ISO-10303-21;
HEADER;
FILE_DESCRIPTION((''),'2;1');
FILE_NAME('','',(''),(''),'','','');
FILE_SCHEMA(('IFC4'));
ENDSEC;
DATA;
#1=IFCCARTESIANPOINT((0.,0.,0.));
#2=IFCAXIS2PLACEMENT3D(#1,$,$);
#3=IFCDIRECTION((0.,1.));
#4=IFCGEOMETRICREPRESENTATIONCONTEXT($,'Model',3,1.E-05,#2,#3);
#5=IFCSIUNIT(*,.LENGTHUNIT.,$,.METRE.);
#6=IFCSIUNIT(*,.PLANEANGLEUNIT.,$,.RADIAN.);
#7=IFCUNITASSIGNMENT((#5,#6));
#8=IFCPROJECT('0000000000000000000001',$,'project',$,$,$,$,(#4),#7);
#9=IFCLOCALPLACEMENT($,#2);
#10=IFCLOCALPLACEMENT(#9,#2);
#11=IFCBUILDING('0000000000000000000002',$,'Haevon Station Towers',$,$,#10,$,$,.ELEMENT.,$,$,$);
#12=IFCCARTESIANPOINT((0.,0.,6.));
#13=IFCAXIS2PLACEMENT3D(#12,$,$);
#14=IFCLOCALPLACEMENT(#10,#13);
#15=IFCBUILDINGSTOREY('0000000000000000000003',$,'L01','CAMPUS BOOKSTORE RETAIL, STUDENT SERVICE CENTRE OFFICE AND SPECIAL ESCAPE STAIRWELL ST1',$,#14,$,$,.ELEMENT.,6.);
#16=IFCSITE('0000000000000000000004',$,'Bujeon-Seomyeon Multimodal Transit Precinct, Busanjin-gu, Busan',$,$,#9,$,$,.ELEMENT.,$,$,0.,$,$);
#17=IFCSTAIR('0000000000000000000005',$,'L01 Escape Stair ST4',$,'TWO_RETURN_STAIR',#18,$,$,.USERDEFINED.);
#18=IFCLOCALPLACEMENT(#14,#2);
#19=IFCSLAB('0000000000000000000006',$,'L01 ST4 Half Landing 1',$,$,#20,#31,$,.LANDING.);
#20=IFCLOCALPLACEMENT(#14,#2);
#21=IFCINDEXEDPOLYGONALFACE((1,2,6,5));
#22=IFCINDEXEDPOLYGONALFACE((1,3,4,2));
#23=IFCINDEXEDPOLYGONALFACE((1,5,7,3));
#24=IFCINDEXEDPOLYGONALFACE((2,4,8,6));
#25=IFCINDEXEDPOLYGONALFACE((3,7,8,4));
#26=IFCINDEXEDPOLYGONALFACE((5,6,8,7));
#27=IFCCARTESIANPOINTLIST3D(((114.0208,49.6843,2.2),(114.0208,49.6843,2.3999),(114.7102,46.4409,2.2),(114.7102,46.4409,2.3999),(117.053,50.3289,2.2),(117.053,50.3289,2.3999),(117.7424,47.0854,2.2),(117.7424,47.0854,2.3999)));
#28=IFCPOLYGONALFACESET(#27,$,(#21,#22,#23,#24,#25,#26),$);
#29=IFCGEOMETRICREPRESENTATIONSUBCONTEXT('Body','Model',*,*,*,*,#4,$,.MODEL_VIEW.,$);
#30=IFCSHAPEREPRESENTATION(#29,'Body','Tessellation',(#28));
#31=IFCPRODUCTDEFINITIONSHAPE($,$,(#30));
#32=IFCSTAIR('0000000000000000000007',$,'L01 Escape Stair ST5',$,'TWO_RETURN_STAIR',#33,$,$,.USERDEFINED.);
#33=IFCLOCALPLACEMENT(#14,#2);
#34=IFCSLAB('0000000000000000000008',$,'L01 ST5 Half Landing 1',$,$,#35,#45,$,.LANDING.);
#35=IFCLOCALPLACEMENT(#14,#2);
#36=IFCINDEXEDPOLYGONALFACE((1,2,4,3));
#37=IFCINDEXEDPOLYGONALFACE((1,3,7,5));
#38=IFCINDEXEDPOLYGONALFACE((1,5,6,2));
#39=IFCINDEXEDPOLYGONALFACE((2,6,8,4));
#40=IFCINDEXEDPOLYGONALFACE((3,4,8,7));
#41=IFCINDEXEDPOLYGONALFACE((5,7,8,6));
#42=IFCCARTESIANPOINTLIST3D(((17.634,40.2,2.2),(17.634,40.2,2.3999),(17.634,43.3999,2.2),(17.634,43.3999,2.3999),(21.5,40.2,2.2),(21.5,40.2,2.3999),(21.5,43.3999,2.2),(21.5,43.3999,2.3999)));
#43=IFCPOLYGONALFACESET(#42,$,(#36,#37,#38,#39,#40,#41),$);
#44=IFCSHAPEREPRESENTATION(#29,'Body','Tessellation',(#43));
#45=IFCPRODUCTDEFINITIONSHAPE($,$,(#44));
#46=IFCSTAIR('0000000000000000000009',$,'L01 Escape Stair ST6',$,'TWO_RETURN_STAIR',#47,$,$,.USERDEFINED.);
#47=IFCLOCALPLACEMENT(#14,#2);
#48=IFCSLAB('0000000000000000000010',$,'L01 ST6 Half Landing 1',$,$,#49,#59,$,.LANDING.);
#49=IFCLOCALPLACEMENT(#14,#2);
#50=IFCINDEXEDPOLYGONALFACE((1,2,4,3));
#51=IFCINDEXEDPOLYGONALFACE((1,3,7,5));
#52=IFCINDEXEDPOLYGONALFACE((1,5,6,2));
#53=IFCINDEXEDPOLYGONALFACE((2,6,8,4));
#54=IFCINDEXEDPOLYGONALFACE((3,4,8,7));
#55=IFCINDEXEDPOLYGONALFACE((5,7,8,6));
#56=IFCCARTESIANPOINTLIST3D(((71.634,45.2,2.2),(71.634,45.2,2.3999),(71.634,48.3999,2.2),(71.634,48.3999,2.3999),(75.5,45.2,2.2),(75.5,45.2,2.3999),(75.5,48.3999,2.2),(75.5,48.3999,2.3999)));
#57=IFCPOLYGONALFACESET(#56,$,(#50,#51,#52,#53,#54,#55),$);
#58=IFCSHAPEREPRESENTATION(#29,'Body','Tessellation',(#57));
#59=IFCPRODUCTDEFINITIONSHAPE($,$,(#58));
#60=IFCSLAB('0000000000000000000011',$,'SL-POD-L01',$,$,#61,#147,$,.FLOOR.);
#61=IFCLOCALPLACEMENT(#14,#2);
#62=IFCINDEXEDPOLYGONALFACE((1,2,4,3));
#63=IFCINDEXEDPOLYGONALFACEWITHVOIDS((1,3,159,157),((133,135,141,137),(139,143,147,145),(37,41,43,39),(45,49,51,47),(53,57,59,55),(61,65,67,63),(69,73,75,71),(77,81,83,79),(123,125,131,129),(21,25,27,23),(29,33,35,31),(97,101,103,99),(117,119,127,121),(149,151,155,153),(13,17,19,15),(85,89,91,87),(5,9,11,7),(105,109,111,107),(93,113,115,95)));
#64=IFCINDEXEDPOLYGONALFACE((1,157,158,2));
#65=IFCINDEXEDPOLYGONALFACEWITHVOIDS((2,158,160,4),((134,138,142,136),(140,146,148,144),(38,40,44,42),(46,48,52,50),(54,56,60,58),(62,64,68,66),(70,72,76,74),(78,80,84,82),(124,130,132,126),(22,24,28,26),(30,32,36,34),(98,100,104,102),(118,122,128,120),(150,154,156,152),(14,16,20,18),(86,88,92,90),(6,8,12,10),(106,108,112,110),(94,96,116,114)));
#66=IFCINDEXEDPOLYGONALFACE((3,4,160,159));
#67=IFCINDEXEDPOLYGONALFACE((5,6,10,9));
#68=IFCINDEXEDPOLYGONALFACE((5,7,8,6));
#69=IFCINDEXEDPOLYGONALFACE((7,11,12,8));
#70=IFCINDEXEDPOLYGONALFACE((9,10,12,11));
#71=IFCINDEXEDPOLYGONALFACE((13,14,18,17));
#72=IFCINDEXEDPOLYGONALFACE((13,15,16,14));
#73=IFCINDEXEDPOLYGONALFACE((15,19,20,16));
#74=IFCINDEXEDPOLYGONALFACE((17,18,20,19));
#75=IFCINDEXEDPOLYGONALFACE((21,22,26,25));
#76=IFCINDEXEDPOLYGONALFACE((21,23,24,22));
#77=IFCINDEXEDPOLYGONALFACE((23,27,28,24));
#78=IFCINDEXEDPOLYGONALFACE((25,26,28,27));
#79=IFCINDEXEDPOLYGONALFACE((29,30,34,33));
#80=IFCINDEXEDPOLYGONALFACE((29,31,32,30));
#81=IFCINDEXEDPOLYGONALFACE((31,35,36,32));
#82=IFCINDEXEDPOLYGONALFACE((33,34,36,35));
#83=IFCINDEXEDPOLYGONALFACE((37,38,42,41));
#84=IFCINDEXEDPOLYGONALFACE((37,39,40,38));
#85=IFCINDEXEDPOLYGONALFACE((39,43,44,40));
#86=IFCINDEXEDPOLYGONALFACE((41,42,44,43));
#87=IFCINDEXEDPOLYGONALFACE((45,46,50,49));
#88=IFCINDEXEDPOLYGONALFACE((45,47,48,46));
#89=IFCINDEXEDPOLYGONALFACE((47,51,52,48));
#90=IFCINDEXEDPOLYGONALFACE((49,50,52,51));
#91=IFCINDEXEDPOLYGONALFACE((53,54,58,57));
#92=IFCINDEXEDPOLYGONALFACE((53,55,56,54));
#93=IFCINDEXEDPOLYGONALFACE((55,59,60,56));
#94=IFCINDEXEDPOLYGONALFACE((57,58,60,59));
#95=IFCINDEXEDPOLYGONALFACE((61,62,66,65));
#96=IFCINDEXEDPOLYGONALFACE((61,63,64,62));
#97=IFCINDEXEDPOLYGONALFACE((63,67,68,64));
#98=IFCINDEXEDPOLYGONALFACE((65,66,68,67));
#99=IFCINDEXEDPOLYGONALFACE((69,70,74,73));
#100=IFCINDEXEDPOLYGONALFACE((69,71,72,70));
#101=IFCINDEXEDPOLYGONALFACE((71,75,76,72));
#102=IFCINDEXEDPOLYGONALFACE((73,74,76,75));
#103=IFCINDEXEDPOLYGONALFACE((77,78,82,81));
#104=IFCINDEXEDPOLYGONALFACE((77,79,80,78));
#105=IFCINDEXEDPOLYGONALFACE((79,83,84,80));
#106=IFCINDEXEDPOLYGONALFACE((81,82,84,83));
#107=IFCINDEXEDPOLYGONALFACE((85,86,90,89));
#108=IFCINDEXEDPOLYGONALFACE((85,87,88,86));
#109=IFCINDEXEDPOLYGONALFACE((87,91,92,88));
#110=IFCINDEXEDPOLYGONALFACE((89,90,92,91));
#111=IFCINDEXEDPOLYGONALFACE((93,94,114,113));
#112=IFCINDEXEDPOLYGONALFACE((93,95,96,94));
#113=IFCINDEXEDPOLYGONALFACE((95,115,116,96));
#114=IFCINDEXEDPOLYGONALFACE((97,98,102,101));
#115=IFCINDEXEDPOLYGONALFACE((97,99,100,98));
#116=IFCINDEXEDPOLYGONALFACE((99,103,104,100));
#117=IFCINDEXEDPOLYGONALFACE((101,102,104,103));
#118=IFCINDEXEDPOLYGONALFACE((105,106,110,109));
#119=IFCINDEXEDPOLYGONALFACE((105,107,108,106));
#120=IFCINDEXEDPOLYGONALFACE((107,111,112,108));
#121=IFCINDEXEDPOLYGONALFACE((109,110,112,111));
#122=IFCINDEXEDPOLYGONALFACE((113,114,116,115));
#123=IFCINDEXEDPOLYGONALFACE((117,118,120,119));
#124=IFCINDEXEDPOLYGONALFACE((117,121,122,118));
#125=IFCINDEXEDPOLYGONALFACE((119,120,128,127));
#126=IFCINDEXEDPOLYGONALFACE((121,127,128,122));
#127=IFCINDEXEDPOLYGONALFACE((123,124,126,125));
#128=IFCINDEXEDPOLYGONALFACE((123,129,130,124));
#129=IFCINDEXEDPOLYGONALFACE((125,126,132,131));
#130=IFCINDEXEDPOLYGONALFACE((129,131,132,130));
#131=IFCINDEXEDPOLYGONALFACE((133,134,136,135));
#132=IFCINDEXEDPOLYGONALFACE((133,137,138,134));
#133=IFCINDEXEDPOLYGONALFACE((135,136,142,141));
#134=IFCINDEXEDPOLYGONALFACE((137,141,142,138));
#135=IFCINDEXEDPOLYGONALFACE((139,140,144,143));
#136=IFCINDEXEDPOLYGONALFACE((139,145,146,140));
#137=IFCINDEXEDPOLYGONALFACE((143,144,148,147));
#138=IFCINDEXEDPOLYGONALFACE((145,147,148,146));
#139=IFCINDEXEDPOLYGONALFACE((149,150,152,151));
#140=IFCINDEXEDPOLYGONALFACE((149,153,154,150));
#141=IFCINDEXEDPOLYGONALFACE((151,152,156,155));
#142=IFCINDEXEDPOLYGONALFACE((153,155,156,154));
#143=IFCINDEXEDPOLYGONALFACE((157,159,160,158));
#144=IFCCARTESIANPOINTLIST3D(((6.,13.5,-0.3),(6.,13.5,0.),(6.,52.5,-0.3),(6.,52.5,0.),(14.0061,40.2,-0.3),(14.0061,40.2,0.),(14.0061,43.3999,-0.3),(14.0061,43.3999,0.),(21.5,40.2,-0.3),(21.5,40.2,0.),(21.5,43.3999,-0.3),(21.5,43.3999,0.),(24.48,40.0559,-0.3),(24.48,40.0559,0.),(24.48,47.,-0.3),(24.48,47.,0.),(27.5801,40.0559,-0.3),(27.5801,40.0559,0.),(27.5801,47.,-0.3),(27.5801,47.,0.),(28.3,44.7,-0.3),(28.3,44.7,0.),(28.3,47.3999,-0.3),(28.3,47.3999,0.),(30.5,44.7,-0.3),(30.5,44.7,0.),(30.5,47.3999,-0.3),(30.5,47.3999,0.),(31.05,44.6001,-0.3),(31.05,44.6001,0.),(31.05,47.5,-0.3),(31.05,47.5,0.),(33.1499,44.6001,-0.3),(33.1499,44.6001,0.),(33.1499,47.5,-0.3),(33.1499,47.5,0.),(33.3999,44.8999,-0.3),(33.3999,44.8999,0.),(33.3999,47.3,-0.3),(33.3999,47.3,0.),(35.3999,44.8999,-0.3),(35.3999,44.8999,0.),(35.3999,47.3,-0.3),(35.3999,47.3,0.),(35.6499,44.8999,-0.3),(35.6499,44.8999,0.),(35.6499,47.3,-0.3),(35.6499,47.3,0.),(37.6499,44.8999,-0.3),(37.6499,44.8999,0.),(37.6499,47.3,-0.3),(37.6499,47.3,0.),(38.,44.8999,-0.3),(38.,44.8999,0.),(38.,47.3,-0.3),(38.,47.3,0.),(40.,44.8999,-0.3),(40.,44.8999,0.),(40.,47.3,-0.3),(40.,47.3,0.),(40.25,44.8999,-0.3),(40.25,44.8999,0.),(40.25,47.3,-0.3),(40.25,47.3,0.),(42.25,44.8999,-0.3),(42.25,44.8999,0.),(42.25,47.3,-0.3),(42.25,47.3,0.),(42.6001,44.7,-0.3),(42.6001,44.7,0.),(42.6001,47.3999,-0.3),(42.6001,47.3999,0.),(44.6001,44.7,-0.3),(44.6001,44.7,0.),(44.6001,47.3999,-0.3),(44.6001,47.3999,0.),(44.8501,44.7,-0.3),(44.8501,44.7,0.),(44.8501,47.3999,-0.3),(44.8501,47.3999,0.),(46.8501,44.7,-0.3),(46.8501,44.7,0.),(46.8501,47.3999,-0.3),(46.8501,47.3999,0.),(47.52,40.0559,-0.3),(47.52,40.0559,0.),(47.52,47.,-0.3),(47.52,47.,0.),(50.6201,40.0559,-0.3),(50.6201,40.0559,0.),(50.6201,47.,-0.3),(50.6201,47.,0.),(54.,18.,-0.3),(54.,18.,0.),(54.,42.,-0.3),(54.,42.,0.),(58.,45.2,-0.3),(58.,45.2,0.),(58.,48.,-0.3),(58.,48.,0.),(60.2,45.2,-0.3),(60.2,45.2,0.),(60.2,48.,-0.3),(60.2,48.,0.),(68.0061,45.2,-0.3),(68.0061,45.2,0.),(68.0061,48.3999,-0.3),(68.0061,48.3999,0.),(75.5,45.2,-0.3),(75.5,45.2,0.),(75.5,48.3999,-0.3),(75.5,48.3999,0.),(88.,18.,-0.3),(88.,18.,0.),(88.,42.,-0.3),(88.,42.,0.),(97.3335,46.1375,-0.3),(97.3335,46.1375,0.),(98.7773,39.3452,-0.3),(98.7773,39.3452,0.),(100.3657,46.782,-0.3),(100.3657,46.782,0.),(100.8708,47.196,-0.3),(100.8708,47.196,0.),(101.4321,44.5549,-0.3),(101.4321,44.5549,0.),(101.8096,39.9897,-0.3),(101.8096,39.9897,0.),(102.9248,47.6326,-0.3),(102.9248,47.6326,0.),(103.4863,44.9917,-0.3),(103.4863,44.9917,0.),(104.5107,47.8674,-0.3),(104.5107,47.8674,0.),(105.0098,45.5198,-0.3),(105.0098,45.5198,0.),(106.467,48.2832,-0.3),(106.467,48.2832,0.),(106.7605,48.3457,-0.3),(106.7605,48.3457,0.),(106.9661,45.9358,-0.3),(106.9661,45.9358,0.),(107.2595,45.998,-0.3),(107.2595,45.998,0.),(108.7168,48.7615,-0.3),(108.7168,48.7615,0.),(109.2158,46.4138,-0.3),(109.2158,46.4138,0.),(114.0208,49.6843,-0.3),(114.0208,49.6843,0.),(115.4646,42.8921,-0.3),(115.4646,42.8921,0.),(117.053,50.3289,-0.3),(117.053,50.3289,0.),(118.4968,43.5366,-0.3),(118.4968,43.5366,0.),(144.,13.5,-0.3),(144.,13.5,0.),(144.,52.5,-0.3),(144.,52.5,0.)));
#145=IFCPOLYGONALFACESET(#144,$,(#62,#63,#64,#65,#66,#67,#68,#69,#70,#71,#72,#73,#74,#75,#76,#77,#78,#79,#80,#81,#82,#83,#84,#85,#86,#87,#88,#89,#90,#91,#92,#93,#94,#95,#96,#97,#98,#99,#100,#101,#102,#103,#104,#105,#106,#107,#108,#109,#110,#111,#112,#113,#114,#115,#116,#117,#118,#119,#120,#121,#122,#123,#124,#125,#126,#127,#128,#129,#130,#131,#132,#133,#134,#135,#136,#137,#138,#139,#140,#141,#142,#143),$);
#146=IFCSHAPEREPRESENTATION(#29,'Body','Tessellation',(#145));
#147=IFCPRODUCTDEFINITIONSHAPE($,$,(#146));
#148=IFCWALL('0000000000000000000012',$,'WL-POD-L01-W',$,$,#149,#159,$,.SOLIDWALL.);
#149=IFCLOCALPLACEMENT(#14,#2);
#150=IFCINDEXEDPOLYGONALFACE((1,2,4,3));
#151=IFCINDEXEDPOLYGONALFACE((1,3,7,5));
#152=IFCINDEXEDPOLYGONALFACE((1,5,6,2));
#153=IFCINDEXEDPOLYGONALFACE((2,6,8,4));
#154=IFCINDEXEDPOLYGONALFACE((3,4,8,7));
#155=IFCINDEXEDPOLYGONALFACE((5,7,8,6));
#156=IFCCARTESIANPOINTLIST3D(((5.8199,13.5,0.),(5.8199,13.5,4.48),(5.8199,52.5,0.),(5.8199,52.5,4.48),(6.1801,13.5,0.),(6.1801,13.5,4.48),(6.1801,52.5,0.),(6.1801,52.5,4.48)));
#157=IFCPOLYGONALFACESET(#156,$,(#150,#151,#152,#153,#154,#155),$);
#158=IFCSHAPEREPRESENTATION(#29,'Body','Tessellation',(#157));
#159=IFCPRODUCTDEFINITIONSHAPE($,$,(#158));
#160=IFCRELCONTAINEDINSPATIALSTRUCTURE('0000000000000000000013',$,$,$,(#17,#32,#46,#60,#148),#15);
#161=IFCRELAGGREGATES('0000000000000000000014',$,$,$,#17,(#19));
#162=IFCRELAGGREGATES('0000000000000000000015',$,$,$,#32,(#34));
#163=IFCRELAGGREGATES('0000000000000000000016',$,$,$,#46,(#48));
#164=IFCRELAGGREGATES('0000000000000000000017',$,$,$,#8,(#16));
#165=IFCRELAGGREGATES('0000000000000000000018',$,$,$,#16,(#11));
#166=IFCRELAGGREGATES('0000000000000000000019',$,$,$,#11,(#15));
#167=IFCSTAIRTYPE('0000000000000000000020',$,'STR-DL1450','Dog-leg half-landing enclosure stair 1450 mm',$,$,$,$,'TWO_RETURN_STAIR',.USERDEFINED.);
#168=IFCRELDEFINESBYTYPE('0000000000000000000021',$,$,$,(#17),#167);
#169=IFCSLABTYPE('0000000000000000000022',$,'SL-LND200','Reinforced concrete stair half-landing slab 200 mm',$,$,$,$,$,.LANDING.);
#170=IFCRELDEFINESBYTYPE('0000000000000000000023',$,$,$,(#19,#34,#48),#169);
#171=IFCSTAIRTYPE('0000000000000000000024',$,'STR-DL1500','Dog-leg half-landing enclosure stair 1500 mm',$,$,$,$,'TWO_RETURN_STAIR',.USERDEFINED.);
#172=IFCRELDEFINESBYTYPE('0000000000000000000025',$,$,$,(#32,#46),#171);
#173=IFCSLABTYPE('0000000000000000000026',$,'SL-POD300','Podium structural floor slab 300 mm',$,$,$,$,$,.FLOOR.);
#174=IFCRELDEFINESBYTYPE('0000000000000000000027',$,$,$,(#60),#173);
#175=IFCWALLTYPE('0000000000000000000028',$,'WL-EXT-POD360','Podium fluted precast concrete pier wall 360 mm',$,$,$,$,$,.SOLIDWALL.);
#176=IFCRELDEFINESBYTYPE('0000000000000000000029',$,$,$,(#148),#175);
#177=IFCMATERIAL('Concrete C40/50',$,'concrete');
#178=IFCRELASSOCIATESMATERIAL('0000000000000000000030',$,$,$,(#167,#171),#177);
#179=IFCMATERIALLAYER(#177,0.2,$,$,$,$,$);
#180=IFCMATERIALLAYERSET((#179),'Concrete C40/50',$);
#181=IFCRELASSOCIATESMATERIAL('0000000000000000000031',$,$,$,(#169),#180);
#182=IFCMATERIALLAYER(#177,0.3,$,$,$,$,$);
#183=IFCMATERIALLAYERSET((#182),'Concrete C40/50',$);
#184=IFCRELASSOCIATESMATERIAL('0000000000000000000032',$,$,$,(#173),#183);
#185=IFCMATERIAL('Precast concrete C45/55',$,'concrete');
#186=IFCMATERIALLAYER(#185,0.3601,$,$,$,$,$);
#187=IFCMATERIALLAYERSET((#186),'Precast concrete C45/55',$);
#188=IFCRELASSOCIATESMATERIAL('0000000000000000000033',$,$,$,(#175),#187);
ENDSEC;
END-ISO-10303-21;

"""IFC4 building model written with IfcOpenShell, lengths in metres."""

from ifc_helpers import new_model, si_unit, direction, frame, frame_2d, origin, place, context, subcontext, project, spatial, polyline, rectangle, outline, extrude, material, layer, layer_set, type_object, element, aggregate, save


model = new_model("IFC4")

# Units and contexts
model_context = context("Model", 3, precision=1e-05, world=origin(), true_north=direction((0.0, 1.0)))
body_context = subcontext(model_context, "Body", "Model", "MODEL_VIEW")
ifc_project = project(units=[si_unit("LENGTHUNIT", "METRE"), si_unit("PLANEANGLEUNIT", "RADIAN")], contexts=[model_context])

# Site, building, storey
site_placement = place(None, origin())
site = spatial("IfcSite", under=ifc_project, at=site_placement, Name="Bujeon-Seomyeon Multimodal Transit Precinct, Busanjin-gu, Busan", CompositionType="ELEMENT", RefElevation=0.0)
building_placement = place(site_placement, origin())
building = spatial("IfcBuilding", under=site, at=building_placement, Name="Haevon Station Towers", CompositionType="ELEMENT")
storey_placement = place(building_placement, frame((0.0, 0.0, 6.0)))
storey = spatial("IfcBuildingStorey", under=building, at=storey_placement, Name="L01", Description="CAMPUS BOOKSTORE RETAIL, STUDENT SERVICE CENTRE OFFICE AND SPECIAL ESCAPE STAIRWELL ST1", CompositionType="ELEMENT", Elevation=6.0)

# Stairs, slabs
ifc_material_1 = material(Name="Concrete C40/50", Category="concrete")
stair_type_1 = type_object("IfcStairType", Name="STR-DL1450", Description="Dog-leg half-landing enclosure stair 1450 mm", ElementType="TWO_RETURN_STAIR", PredefinedType="USERDEFINED", material=ifc_material_1)
ifc_layer_1 = layer(ifc_material_1, 0.2)
ifc_layer_set_1 = layer_set([ifc_layer_1], Name="Concrete C40/50")
slab_type_1 = type_object("IfcSlabType", Name="SL-LND200", Description="Reinforced concrete stair half-landing slab 200 mm", PredefinedType="LANDING", material=ifc_layer_set_1)
stair_1_placement = place(storey_placement, origin())
stair_1 = element("IfcStair", 1, at=stair_1_placement, inside=storey, type_object=stair_type_1, Name="L01 Escape Stair ST4", ObjectType="TWO_RETURN_STAIR", PredefinedType="USERDEFINED")
slab_1_placement = place(storey_placement, frame((0.0, 0.0, 2.2)))
slab_1 = element("IfcSlab", 2, at=slab_1_placement, type_object=slab_type_1, Name="L01 ST4 Half Landing 1", PredefinedType="LANDING", context=body_context, shape_type="SweptSolid", body=[
    extrude(outline(polyline([(117.7424, 47.0854), (117.053, 50.3289), (114.0208, 49.6843), (114.7102, 46.4409), (117.7424, 47.0854)])), origin(), (0.0, 0.0, 1.0), 0.2),
])
aggregate(stair_1, [slab_1])
stair_type_2 = type_object("IfcStairType", Name="STR-DL1500", Description="Dog-leg half-landing enclosure stair 1500 mm", ElementType="TWO_RETURN_STAIR", PredefinedType="USERDEFINED", material=ifc_material_1)
stair_2_placement = place(storey_placement, origin())
stair_2 = element("IfcStair", 3, at=stair_2_placement, inside=storey, type_object=stair_type_2, Name="L01 Escape Stair ST5", ObjectType="TWO_RETURN_STAIR", PredefinedType="USERDEFINED")
slab_2_placement = place(storey_placement, frame((0.0, 0.0, 2.2)))
slab_2 = element("IfcSlab", 4, at=slab_2_placement, type_object=slab_type_1, Name="L01 ST5 Half Landing 1", PredefinedType="LANDING", context=body_context, shape_type="SweptSolid", body=[
    extrude(outline(polyline([(17.634, 40.2), (21.5, 40.2), (21.5, 43.3999), (17.634, 43.3999), (17.634, 40.2)])), origin(), (0.0, 0.0, 1.0), 0.2),
])
aggregate(stair_2, [slab_2])
stair_3_placement = place(storey_placement, origin())
stair_3 = element("IfcStair", 5, at=stair_3_placement, inside=storey, type_object=stair_type_2, Name="L01 Escape Stair ST6", ObjectType="TWO_RETURN_STAIR", PredefinedType="USERDEFINED")
slab_3_placement = place(storey_placement, frame((0.0, 0.0, 2.2)))
slab_3 = element("IfcSlab", 6, at=slab_3_placement, type_object=slab_type_1, Name="L01 ST6 Half Landing 1", PredefinedType="LANDING", context=body_context, shape_type="SweptSolid", body=[
    extrude(outline(polyline([(71.634, 45.2), (75.5, 45.2), (75.5, 48.3999), (71.634, 48.3999), (71.634, 45.2)])), origin(), (0.0, 0.0, 1.0), 0.2),
])
aggregate(stair_3, [slab_3])

# Slab
ifc_layer_2 = layer(ifc_material_1, 0.3)
ifc_layer_set_2 = layer_set([ifc_layer_2], Name="Concrete C40/50")
slab_type_2 = type_object("IfcSlabType", Name="SL-POD300", Description="Podium structural floor slab 300 mm", PredefinedType="FLOOR", material=ifc_layer_set_2)
slab_4_placement = place(storey_placement, frame((0.0, 0.0, -0.3)))
element("IfcSlab", 7, at=slab_4_placement, inside=storey, type_object=slab_type_2, Name="SL-POD-L01", PredefinedType="FLOOR", context=body_context, shape_type="SweptSolid", body=[
    extrude(outline(polyline([(6.0, 13.5), (144.0, 13.5), (144.0, 52.5), (6.0, 52.5), (6.0, 13.5)]), holes=[polyline([(54.0, 18.0), (88.0, 18.0), (88.0, 42.0), (54.0, 42.0), (54.0, 18.0)]), polyline([(27.5801, 40.0559), (27.5801, 47.0), (24.48, 47.0), (24.48, 40.0559), (27.5801, 40.0559)]), polyline([(50.6201, 40.0559), (50.6201, 47.0), (47.52, 47.0), (47.52, 40.0559), (50.6201, 40.0559)]), polyline([(101.8096, 39.9897), (100.3657, 46.782), (97.3335, 46.1375), (98.7773, 39.3452), (101.8096, 39.9897)]), polyline([(118.4968, 43.5366), (117.053, 50.3289), (114.0208, 49.6843), (115.4646, 42.8921), (118.4968, 43.5366)]), polyline([(14.0061, 40.2), (21.5, 40.2), (21.5, 43.3999), (14.0061, 43.3999), (14.0061, 40.2)]), polyline([(68.0061, 45.2), (75.5, 45.2), (75.5, 48.3999), (68.0061, 48.3999), (68.0061, 45.2)]), polyline([(28.3, 44.7), (30.5, 44.7), (30.5, 47.3999), (28.3, 47.3999), (28.3, 44.7)]), polyline([(101.4321, 44.5549), (103.4863, 44.9917), (102.9248, 47.6326), (100.8708, 47.196), (101.4321, 44.5549)]), polyline([(31.05, 44.6001), (33.1499, 44.6001), (33.1499, 47.5), (31.05, 47.5), (31.05, 44.6001)]), polyline([(33.3999, 44.8999), (35.3999, 44.8999), (35.3999, 47.3), (33.3999, 47.3), (33.3999, 44.8999)]), polyline([(35.6499, 44.8999), (37.6499, 44.8999), (37.6499, 47.3), (35.6499, 47.3), (35.6499, 44.8999)]), polyline([(38.0, 44.8999), (40.0, 44.8999), (40.0, 47.3), (38.0, 47.3), (38.0, 44.8999)]), polyline([(40.25, 44.8999), (42.25, 44.8999), (42.25, 47.3), (40.25, 47.3), (40.25, 44.8999)]), polyline([(42.6001, 44.7), (44.6001, 44.7), (44.6001, 47.3999), (42.6001, 47.3999), (42.6001, 44.7)]), polyline([(44.8501, 44.7), (46.8501, 44.7), (46.8501, 47.3999), (44.8501, 47.3999), (44.8501, 44.7)]), polyline([(105.0098, 45.5198), (106.9661, 45.9358), (106.467, 48.2832), (104.5107, 47.8674), (105.0098, 45.5198)]), polyline([(107.2595, 45.998), (109.2158, 46.4138), (108.7168, 48.7615), (106.7605, 48.3457), (107.2595, 45.998)]), polyline([(58.0, 45.2), (60.2, 45.2), (60.2, 48.0), (58.0, 48.0), (58.0, 45.2)])]), origin(), (0.0, 0.0, 1.0), 0.3),
])

# Wall
ifc_material_2 = material(Name="Precast concrete C45/55", Category="concrete")
ifc_layer_3 = layer(ifc_material_2, 0.3601)
ifc_layer_set_3 = layer_set([ifc_layer_3], Name="Precast concrete C45/55")
wall_type = type_object("IfcWallType", Name="WL-EXT-POD360", Description="Podium fluted precast concrete pier wall 360 mm", PredefinedType="SOLIDWALL", material=ifc_layer_set_3)
wall_placement = place(storey_placement, frame((6.0, 13.5, 0.0), z_axis=(0.0, 0.0, 1.0), x_axis=(0.0, 1.0, 0.0)))
element("IfcWall", 8, at=wall_placement, inside=storey, type_object=wall_type, Name="WL-POD-L01-W", PredefinedType="SOLIDWALL", context=body_context, shape_type="SweptSolid", body=[
    extrude(rectangle(XDim=39.0, YDim=0.3601, at=frame_2d((19.5, 0.0))), origin(), (0.0, 0.0, 1.0), 4.48),
])

save(model, "model.ifc")
